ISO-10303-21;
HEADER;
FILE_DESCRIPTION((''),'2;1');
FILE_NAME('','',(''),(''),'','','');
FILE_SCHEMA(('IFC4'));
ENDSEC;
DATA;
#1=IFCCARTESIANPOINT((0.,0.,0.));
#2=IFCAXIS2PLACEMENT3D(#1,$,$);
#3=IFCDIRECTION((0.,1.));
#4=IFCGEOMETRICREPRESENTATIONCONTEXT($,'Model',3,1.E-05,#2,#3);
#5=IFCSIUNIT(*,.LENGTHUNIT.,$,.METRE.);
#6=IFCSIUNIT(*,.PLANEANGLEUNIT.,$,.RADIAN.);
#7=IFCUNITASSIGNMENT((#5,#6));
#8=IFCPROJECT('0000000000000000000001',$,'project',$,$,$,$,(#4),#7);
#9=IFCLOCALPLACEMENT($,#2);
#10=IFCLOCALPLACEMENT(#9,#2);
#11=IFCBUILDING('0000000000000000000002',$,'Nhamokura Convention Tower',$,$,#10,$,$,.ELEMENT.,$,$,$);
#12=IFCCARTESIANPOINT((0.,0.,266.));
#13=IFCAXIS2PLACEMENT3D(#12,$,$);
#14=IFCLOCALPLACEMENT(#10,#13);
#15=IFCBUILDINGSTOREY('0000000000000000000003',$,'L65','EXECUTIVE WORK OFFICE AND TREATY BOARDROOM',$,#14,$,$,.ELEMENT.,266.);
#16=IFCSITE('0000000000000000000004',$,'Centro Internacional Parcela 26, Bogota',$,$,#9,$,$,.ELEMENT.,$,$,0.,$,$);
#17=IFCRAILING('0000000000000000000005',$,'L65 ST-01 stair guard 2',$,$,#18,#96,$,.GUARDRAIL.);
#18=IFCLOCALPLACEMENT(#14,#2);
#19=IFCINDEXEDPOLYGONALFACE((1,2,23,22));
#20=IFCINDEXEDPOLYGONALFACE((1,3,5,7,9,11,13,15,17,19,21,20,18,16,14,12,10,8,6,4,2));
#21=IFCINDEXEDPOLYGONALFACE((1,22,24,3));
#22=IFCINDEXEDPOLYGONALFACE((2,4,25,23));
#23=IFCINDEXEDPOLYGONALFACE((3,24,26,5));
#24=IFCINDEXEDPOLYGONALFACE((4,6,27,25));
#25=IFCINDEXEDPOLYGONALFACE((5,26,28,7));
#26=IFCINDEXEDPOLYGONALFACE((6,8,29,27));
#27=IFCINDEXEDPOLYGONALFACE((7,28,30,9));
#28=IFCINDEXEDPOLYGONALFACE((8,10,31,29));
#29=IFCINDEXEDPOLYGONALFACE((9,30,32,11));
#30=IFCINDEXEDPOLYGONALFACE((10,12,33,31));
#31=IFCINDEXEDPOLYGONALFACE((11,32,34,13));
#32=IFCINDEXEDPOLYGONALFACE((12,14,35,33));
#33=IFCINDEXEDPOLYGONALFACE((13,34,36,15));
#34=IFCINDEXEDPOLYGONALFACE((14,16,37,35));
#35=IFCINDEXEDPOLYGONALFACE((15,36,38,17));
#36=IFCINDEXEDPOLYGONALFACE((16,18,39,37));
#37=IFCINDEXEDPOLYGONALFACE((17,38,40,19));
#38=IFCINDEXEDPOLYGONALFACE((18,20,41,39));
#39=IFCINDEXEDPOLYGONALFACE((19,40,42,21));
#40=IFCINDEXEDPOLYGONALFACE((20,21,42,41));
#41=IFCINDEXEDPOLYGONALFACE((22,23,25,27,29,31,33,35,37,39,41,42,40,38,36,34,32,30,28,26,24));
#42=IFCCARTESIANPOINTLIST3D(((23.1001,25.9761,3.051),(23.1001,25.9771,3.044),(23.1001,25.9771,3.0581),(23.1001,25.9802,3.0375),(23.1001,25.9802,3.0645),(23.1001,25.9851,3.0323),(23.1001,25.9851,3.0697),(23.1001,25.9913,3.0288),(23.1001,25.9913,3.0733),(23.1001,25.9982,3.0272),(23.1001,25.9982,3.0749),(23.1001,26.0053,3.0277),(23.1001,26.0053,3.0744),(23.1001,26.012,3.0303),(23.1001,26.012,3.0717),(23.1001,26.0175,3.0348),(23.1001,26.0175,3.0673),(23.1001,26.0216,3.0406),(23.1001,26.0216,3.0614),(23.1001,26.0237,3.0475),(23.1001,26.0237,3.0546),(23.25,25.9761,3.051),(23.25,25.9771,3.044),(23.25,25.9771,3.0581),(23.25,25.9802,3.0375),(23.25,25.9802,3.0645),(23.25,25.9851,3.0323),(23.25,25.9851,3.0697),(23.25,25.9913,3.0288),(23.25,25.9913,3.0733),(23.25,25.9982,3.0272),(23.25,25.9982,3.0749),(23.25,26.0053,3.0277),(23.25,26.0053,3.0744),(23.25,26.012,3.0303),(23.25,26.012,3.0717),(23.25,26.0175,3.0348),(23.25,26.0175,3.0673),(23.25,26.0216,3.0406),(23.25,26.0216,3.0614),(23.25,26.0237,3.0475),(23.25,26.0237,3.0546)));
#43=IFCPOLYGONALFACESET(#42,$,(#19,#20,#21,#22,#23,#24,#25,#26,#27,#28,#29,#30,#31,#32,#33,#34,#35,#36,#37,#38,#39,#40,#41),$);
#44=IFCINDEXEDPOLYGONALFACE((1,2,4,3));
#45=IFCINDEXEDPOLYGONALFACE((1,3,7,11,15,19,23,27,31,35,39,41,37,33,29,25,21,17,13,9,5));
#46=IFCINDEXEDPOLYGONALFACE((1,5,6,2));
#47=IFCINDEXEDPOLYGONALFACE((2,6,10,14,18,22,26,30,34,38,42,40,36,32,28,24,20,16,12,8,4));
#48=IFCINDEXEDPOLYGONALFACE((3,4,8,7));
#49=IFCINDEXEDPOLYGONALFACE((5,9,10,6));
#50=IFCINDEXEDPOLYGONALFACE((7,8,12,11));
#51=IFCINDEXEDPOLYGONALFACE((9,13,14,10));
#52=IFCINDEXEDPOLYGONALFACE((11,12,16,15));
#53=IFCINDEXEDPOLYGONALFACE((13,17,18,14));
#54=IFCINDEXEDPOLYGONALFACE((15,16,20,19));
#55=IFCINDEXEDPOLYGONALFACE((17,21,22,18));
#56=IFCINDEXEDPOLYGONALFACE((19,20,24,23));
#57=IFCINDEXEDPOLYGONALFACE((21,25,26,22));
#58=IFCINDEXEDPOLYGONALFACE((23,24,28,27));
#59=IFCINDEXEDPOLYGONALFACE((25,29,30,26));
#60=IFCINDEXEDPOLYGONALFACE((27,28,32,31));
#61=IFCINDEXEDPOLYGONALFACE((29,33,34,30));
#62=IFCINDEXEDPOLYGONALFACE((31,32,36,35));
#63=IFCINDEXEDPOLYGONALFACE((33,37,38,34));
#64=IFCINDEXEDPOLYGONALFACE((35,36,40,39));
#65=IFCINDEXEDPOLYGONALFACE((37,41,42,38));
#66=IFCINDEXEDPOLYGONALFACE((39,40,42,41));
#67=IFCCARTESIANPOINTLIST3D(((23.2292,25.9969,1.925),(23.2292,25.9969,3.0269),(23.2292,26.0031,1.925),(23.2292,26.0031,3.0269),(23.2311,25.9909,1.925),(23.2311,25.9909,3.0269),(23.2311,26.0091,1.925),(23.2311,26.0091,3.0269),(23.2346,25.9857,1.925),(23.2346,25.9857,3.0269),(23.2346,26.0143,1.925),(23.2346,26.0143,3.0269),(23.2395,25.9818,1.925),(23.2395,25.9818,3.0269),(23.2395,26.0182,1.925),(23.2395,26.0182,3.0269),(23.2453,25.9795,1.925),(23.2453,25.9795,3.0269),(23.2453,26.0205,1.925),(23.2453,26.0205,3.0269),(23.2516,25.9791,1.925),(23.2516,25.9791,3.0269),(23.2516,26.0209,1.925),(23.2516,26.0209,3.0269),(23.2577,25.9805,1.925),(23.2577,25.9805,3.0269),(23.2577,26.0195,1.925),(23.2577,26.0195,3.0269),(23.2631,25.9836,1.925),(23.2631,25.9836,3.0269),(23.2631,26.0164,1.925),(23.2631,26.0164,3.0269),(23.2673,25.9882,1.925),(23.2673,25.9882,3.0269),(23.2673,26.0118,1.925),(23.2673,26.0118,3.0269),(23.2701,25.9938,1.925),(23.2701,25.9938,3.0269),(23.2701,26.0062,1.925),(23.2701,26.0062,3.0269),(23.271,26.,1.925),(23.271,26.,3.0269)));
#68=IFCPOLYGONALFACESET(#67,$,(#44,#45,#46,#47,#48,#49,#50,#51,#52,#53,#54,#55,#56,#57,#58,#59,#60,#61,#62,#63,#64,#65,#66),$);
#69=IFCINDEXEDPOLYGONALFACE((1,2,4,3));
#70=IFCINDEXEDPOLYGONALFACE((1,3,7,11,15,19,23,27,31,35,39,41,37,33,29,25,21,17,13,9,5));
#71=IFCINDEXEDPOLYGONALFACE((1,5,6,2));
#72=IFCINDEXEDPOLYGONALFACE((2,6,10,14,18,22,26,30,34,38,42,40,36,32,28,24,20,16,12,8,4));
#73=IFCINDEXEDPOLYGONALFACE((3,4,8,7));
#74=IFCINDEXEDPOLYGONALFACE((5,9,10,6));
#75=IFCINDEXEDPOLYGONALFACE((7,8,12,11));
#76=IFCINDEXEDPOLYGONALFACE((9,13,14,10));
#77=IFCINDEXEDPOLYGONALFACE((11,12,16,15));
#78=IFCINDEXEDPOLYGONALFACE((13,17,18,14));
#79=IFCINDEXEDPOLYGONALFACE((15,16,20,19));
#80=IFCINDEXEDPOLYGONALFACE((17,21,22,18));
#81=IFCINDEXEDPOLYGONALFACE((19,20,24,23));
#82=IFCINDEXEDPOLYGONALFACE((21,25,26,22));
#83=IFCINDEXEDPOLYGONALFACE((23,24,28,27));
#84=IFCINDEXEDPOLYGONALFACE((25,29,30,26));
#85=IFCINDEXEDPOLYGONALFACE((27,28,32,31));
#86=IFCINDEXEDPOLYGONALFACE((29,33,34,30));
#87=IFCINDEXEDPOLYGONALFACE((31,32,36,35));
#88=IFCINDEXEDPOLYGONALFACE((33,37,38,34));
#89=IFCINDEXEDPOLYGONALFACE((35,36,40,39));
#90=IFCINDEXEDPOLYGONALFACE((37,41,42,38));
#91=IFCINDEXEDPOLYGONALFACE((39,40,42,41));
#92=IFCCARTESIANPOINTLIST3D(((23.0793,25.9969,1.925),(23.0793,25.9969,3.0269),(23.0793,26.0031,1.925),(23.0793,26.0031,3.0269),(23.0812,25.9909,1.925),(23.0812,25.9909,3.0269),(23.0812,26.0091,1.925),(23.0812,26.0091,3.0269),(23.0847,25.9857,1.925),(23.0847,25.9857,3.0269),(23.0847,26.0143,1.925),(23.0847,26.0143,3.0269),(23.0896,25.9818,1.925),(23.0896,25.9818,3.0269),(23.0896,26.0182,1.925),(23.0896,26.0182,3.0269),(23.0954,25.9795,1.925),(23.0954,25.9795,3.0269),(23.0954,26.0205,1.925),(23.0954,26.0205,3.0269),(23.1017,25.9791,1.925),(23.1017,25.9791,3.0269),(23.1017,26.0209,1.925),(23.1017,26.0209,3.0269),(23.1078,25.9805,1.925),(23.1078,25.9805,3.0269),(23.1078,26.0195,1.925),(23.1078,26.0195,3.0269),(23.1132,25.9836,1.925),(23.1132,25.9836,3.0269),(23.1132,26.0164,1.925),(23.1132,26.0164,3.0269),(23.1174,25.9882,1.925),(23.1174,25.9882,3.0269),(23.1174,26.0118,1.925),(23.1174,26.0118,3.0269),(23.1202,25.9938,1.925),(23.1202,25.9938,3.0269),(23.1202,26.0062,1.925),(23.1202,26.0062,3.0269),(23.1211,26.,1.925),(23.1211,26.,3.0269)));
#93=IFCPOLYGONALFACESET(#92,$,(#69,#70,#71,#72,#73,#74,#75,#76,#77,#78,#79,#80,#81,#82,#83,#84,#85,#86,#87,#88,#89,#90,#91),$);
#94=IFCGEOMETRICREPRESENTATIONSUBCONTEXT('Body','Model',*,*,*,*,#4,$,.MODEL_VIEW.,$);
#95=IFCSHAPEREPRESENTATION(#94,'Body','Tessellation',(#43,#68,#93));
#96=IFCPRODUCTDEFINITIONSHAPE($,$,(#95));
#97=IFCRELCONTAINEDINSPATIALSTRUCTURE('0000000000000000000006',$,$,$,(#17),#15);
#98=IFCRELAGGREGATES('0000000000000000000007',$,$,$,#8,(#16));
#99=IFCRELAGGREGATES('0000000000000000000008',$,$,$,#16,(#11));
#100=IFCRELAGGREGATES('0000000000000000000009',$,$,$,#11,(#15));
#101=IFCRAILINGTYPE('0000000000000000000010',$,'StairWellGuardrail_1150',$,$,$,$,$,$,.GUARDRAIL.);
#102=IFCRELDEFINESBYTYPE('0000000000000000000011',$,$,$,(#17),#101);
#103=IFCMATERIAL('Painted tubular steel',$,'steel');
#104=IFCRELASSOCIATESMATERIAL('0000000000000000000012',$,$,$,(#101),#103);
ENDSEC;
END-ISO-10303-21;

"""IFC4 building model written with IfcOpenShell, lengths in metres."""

from ifc_helpers import new_model, si_unit, direction, frame, origin, origin_2d, place, context, subcontext, project, spatial, circle, extrude, material, type_object, element, save


model = new_model("IFC4")

# Units and contexts
model_context = context("Model", 3, precision=1e-05, world=origin(), true_north=direction((0.0, 1.0)))
body_context = subcontext(model_context, "Body", "Model", "MODEL_VIEW")
ifc_project = project(units=[si_unit("LENGTHUNIT", "METRE"), si_unit("PLANEANGLEUNIT", "RADIAN")], contexts=[model_context])

# Site, building, storey
site_placement = place(None, origin())
site = spatial("IfcSite", under=ifc_project, at=site_placement, Name="Centro Internacional Parcela 26, Bogota", CompositionType="ELEMENT", RefElevation=0.0)
building_placement = place(site_placement, origin())
building = spatial("IfcBuilding", under=site, at=building_placement, Name="Nhamokura Convention Tower", CompositionType="ELEMENT")
storey_placement = place(building_placement, frame((0.0, 0.0, 266.0)))
storey = spatial("IfcBuildingStorey", under=building, at=storey_placement, Name="L65", Description="EXECUTIVE WORK OFFICE AND TREATY BOARDROOM", CompositionType="ELEMENT", Elevation=266.0)

# Railing
ifc_material_1 = material(Name="Painted tubular steel", Category="steel")
railing_type_1 = type_object("IfcRailingType", Name="StairWellGuardrail_1150", PredefinedType="GUARDRAIL", material=ifc_material_1)
railing_1_placement = place(storey_placement, frame((23.25, 26.0, 1.925)))
element("IfcRailing", 1, at=railing_1_placement, inside=storey, type_object=railing_type_1, Name="L65 ST-01 stair guard 2", PredefinedType="GUARDRAIL", context=body_context, shape_type="SweptSolid", body=[
    extrude(circle(Radius=0.0239, at=origin_2d()), frame((0.0, 0.0, 1.126), z_axis=(-1.0, 0.0, 0.0), x_axis=(0.0, -1.0, 0.0)), (0.0, 0.0, 1.0), 0.1499),
    extrude(circle(Radius=0.021, at=origin_2d()), origin(), (0.0, 0.0, 1.0), 1.1018),
    extrude(circle(Radius=0.021, at=origin_2d()), frame((-0.1499, 0.0, 0.0)), (0.0, 0.0, 1.0), 1.1018),
])

save(model, "model.ifc")
